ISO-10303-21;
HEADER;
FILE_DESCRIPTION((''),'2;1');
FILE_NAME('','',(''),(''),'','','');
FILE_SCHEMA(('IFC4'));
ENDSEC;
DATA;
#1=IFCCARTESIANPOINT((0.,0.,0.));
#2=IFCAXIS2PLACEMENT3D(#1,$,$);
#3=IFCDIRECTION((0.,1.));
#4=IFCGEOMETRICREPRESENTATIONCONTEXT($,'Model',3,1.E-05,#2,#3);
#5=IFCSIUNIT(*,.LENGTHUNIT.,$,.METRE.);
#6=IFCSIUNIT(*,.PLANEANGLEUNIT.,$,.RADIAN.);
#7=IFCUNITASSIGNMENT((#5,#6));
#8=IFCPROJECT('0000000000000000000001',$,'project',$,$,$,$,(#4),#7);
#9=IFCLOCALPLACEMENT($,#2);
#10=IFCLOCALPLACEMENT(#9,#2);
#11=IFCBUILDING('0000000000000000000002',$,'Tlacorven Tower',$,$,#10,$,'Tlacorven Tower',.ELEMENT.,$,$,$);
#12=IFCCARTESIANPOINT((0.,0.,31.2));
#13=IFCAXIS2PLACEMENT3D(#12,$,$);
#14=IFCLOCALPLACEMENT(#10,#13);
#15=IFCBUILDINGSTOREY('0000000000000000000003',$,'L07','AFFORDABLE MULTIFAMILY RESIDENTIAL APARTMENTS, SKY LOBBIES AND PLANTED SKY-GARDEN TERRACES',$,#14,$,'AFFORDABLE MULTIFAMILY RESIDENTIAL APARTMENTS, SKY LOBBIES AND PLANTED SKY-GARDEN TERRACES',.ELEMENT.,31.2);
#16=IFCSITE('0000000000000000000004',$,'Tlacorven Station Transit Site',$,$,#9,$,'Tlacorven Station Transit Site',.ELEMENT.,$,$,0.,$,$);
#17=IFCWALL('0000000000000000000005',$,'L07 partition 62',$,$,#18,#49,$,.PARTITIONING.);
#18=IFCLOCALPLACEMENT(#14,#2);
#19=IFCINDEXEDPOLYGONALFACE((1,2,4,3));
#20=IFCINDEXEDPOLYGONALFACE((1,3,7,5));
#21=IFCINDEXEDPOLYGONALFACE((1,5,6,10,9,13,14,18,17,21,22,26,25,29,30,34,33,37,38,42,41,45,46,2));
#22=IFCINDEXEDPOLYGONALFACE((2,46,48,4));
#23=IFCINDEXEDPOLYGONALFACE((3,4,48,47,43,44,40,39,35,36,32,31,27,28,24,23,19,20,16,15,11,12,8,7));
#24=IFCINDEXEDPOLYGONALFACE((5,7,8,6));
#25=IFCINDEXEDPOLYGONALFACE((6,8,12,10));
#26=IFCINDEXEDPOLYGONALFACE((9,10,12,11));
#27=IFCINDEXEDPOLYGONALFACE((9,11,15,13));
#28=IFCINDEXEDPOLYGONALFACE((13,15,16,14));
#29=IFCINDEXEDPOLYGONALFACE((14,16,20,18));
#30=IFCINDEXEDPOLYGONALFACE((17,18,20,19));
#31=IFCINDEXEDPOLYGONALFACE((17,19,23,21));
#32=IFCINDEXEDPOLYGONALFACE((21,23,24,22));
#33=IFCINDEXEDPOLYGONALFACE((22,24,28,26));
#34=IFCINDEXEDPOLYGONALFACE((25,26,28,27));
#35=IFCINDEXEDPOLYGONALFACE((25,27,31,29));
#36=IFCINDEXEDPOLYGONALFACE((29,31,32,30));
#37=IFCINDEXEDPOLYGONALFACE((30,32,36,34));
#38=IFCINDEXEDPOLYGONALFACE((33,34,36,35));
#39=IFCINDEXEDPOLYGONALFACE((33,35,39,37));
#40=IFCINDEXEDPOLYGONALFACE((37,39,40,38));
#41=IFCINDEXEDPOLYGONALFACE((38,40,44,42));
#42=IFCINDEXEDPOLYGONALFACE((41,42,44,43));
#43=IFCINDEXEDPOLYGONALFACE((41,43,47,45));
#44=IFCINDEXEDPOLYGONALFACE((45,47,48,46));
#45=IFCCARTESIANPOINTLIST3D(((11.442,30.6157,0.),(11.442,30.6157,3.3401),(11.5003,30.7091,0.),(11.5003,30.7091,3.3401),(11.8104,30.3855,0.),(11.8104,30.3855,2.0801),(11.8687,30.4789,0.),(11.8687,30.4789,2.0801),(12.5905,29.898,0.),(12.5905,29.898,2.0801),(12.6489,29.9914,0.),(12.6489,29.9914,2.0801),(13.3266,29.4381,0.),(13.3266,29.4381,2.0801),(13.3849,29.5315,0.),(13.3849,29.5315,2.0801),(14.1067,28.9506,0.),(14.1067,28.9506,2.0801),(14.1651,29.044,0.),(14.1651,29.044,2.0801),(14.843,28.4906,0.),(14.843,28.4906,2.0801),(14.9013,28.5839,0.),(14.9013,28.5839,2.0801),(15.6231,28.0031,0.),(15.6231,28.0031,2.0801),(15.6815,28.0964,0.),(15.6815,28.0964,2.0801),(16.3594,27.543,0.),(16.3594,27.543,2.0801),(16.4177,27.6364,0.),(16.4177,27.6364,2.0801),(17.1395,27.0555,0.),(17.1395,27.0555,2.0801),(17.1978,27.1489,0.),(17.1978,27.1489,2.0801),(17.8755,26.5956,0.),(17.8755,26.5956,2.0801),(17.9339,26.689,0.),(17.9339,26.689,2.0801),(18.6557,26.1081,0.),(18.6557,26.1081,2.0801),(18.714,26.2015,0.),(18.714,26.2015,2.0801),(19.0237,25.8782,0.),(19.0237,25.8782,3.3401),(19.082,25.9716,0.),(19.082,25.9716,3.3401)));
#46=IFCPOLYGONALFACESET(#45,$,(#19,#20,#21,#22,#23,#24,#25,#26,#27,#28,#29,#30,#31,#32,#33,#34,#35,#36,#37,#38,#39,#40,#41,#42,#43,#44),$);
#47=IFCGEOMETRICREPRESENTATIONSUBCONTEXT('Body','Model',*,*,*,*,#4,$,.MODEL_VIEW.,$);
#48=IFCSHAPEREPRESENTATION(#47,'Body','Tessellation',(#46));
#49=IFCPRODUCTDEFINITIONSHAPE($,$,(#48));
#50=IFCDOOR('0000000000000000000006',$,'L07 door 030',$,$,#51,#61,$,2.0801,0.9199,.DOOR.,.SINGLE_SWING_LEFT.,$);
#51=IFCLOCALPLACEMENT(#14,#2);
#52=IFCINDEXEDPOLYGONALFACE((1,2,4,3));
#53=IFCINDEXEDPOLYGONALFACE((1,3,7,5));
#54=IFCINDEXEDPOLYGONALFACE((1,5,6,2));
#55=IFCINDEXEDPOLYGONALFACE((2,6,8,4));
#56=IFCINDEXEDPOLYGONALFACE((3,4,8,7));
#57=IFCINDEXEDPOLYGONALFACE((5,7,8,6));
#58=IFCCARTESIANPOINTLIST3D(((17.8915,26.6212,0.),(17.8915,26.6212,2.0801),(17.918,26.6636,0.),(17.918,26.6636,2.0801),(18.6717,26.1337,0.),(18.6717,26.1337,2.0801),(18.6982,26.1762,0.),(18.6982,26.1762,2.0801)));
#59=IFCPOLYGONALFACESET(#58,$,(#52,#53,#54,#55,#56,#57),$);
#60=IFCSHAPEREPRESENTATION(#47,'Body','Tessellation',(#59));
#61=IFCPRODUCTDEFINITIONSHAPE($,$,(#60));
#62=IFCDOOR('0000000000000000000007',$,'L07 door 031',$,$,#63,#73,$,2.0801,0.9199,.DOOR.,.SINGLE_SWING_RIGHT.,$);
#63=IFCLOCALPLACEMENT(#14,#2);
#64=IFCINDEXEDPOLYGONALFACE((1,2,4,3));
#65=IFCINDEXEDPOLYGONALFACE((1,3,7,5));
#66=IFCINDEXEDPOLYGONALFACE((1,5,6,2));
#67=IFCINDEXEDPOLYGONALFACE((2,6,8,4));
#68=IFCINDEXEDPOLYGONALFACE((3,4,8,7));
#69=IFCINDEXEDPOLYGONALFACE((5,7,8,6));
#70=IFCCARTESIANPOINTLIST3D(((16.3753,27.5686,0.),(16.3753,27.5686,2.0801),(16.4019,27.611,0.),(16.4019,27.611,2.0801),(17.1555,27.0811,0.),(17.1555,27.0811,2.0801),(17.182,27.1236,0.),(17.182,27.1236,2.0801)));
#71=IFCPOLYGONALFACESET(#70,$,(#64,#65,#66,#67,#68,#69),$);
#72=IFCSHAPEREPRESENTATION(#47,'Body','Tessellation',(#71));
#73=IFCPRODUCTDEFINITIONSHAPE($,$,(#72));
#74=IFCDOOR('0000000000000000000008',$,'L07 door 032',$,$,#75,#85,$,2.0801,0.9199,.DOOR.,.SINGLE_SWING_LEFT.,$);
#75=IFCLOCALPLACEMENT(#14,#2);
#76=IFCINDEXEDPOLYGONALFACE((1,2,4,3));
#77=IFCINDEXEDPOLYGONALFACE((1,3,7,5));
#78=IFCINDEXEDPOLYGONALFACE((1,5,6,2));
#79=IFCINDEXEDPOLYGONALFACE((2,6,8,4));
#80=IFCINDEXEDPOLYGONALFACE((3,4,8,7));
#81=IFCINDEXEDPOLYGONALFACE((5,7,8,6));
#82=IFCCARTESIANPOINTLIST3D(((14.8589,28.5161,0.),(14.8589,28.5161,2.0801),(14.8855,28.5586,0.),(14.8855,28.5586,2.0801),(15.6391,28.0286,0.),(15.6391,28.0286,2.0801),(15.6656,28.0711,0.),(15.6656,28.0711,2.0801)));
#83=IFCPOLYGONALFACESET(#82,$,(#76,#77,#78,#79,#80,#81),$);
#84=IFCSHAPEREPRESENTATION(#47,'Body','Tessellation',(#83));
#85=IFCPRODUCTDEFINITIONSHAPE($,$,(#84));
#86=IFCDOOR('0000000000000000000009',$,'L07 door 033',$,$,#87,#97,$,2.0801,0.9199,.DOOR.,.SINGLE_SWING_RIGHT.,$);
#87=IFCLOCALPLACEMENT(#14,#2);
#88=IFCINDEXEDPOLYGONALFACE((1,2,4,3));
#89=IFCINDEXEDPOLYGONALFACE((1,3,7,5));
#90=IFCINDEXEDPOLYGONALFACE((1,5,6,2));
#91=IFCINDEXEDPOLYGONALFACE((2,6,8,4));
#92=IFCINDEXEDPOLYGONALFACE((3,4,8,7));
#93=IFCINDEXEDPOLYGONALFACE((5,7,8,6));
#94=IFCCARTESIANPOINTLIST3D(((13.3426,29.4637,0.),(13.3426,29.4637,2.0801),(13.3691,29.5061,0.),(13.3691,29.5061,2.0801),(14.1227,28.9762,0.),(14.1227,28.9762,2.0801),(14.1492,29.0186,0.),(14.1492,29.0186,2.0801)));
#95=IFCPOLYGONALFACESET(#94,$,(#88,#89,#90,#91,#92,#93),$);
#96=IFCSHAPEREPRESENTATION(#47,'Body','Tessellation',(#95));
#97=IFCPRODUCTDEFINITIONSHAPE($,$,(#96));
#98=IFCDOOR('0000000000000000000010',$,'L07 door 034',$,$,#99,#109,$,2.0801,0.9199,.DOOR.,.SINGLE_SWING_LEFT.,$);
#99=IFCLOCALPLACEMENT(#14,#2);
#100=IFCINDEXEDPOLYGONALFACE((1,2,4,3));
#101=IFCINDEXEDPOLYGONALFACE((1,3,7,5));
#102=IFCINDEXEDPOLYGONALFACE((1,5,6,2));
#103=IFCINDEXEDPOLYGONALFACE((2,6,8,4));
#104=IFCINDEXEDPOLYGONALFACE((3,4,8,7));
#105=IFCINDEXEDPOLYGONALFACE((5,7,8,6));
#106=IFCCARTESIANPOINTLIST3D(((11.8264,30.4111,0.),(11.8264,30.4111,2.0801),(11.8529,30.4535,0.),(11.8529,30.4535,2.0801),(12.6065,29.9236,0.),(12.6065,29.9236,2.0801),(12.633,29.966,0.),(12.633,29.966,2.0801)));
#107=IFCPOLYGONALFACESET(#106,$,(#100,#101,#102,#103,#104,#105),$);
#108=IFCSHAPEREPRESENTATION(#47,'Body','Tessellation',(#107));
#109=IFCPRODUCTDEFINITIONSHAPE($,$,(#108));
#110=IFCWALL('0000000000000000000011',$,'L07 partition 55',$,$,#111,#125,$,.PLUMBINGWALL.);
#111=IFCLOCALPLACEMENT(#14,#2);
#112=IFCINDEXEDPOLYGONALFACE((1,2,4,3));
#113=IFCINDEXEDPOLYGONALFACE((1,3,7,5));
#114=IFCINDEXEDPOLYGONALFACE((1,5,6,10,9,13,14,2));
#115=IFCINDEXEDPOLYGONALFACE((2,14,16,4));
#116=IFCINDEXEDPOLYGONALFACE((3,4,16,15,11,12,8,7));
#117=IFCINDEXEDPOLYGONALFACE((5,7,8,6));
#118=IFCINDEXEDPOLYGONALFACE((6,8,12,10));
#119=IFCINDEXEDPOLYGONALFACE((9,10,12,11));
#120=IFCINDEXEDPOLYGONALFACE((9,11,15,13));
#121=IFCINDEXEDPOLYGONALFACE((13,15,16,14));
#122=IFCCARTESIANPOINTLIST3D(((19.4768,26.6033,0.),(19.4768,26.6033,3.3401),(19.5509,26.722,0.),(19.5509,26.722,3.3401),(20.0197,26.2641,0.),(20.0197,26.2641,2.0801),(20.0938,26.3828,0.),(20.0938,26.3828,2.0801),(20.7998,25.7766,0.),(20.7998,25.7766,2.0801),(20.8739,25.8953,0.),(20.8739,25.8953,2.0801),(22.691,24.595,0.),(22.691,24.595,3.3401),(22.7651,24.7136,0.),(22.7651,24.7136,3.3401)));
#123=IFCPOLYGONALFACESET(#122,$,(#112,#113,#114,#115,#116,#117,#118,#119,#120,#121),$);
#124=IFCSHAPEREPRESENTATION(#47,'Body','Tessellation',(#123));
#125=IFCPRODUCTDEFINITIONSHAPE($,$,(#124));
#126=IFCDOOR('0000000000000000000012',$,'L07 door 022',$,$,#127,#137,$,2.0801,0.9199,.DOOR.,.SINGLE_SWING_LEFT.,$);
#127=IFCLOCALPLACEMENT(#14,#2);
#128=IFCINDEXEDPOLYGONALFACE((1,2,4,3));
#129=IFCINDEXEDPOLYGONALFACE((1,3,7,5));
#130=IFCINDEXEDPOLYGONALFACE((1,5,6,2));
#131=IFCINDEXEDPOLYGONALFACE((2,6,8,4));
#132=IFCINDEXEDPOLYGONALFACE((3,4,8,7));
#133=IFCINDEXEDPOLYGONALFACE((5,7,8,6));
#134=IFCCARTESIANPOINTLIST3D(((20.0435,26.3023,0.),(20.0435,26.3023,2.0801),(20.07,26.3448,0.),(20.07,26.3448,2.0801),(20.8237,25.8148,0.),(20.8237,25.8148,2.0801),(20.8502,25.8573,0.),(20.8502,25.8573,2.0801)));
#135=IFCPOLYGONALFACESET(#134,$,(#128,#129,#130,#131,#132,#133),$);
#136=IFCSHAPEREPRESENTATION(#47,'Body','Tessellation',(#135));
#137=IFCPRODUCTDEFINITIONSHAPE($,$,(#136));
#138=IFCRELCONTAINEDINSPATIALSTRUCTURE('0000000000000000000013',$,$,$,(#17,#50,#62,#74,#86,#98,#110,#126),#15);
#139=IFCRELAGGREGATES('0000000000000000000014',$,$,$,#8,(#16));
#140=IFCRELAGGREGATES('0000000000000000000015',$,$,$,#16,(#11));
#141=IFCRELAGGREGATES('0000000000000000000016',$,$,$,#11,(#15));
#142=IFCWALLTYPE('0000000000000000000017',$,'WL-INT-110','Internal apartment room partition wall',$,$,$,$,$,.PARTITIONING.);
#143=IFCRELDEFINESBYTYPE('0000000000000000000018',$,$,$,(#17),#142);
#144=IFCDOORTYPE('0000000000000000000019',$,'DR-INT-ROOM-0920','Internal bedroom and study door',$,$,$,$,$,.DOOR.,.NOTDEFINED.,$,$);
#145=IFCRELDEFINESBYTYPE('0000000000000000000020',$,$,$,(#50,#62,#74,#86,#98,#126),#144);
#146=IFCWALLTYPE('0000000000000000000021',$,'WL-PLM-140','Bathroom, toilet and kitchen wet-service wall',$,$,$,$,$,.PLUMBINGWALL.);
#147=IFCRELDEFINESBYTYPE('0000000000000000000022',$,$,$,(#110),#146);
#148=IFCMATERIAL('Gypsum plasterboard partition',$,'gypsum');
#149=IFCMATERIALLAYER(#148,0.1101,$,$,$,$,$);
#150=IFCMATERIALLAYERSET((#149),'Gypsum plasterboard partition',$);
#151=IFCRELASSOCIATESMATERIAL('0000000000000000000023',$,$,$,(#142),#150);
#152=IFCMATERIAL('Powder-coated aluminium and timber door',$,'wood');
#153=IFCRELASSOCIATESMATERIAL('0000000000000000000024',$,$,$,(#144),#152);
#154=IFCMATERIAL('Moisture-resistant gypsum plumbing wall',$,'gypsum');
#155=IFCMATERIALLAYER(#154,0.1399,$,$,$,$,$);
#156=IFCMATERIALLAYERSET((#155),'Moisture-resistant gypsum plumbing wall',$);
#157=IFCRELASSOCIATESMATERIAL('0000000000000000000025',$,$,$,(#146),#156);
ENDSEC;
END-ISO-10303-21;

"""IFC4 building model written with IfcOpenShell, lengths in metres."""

from ifc_helpers import new_model, si_unit, direction, frame, frame_2d, origin, place, context, subcontext, project, spatial, rectangle, extrude, source, transform, mapped, material, layer, layer_set, type_object, element, fill, save


model = new_model("IFC4")

# Units and contexts
model_context = context("Model", 3, precision=1e-05, world=origin(), true_north=direction((0.0, 1.0)))
body_context = subcontext(model_context, "Body", "Model", "MODEL_VIEW")
ifc_project = project(units=[si_unit("LENGTHUNIT", "METRE"), si_unit("PLANEANGLEUNIT", "RADIAN")], contexts=[model_context])

# Site, building, storey
site_placement = place(None, origin())
site = spatial("IfcSite", under=ifc_project, at=site_placement, Name="Tlacorven Station Transit Site", LongName="Tlacorven Station Transit Site", CompositionType="ELEMENT", RefElevation=0.0)
building_placement = place(site_placement, origin())
building = spatial("IfcBuilding", under=site, at=building_placement, Name="Tlacorven Tower", LongName="Tlacorven Tower", CompositionType="ELEMENT")
storey_placement = place(building_placement, frame((0.0, 0.0, 31.2)))
storey = spatial("IfcBuildingStorey", under=building, at=storey_placement, Name="L07", Description="AFFORDABLE MULTIFAMILY RESIDENTIAL APARTMENTS, SKY LOBBIES AND PLANTED SKY-GARDEN TERRACES", LongName="AFFORDABLE MULTIFAMILY RESIDENTIAL APARTMENTS, SKY LOBBIES AND PLANTED SKY-GARDEN TERRACES", CompositionType="ELEMENT", Elevation=31.2)

# Wall, openings, doors
ifc_material_1 = material(Name="Gypsum plasterboard partition", Category="gypsum")
ifc_layer_1 = layer(ifc_material_1, 0.1101)
ifc_layer_set_1 = layer_set([ifc_layer_1], Name="Gypsum plasterboard partition")
wall_type_1 = type_object("IfcWallType", Name="WL-INT-110", Description="Internal apartment room partition wall", PredefinedType="PARTITIONING", material=ifc_layer_set_1)
wall_1_placement = place(storey_placement, frame((19.053, 25.9248, 0.0), z_axis=(0.0, 0.0, 1.0), x_axis=(-0.848052, 0.529913, 0.0)))
wall_1 = element("IfcWall", 1, at=wall_1_placement, inside=storey, type_object=wall_type_1, Name="L07 partition 62", PredefinedType="PARTITIONING", context=body_context, shape_type="SweptSolid", body=[
    extrude(rectangle(XDim=8.9402, YDim=0.1101, at=frame_2d((4.4702, 0.0))), origin(), (0.0, 0.0, 1.0), 3.3401),
])
opening_1_placement = place(wall_1_placement, frame((0.4341, 0.0, 0.0)))
opening_1 = element("IfcOpeningElement", 2, at=opening_1_placement, cuts=wall_1, PredefinedType="OPENING", context=body_context, shape_type="SweptSolid", body=[
    extrude(rectangle(XDim=0.9199, YDim=2.0801, at=frame_2d((0.46, 1.04))), frame((0.0, 0.0649, 0.0), z_axis=(0.0, -1.0, 0.0), x_axis=(1.0, 0.0, 0.0)), (0.0, 0.0, 1.0), 0.1301),
])
opening_2_placement = place(wall_1_placement, frame((2.2219, 0.0, 0.0)))
opening_2 = element("IfcOpeningElement", 3, at=opening_2_placement, cuts=wall_1, PredefinedType="OPENING", context=body_context, shape_type="SweptSolid", body=[
    extrude(rectangle(XDim=0.9199, YDim=2.0801, at=frame_2d((0.46, 1.04))), frame((0.0, 0.0649, 0.0), z_axis=(0.0, -1.0, 0.0), x_axis=(1.0, 0.0, 0.0)), (0.0, 0.0, 1.0), 0.1301),
])
opening_3_placement = place(wall_1_placement, frame((4.01, 0.0, 0.0)))
opening_3 = element("IfcOpeningElement", 4, at=opening_3_placement, cuts=wall_1, PredefinedType="OPENING", context=body_context, shape_type="SweptSolid", body=[
    extrude(rectangle(XDim=0.9199, YDim=2.0801, at=frame_2d((0.46, 1.04))), frame((0.0, 0.0649, 0.0), z_axis=(0.0, -1.0, 0.0), x_axis=(1.0, 0.0, 0.0)), (0.0, 0.0, 1.0), 0.1301),
])
opening_4_placement = place(wall_1_placement, frame((5.7981, 0.0, 0.0)))
opening_4 = element("IfcOpeningElement", 5, at=opening_4_placement, cuts=wall_1, PredefinedType="OPENING", context=body_context, shape_type="SweptSolid", body=[
    extrude(rectangle(XDim=0.9199, YDim=2.0801, at=frame_2d((0.46, 1.04))), frame((0.0, 0.0649, 0.0), z_axis=(0.0, -1.0, 0.0), x_axis=(1.0, 0.0, 0.0)), (0.0, 0.0, 1.0), 0.1301),
])
opening_5_placement = place(wall_1_placement, frame((7.5859, 0.0, 0.0)))
opening_5 = element("IfcOpeningElement", 6, at=opening_5_placement, cuts=wall_1, PredefinedType="OPENING", context=body_context, shape_type="SweptSolid", body=[
    extrude(rectangle(XDim=0.9199, YDim=2.0801, at=frame_2d((0.46, 1.04))), frame((0.0, 0.0649, 0.0), z_axis=(0.0, -1.0, 0.0), x_axis=(1.0, 0.0, 0.0)), (0.0, 0.0, 1.0), 0.1301),
])
ifc_material_2 = material(Name="Powder-coated aluminium and timber door", Category="wood")
door_type_1 = type_object("IfcDoorType", Name="DR-INT-ROOM-0920", Description="Internal bedroom and study door", OperationType="NOTDEFINED", PredefinedType="DOOR", material=ifc_material_2)
shared_shape_1 = source(origin(), body_context, "Body", "SweptSolid", [
    extrude(rectangle(XDim=0.9199, YDim=2.0801, at=frame_2d((0.46, 1.04))), frame((0.0, 0.0249, 0.0), z_axis=(0.0, -1.0, 0.0), x_axis=(1.0, 0.0, 0.0)), (0.0, 0.0, 1.0), 0.05),
])
door_1_placement = place(opening_1_placement, origin())
door_1 = element("IfcDoor", 7, at=door_1_placement, inside=storey, type_object=door_type_1, Name="L07 door 030", OperationType="SINGLE_SWING_LEFT", OverallHeight=2.0801, OverallWidth=0.9199, PredefinedType="DOOR", context=body_context, shape_type="MappedRepresentation", body=[
    mapped(shared_shape_1, transform((0.0, 0.0, 0.0), scale=1.0)),
])
fill(opening_1, door_1)
door_2_placement = place(opening_2_placement, origin())
door_2 = element("IfcDoor", 8, at=door_2_placement, inside=storey, type_object=door_type_1, Name="L07 door 031", OperationType="SINGLE_SWING_RIGHT", OverallHeight=2.0801, OverallWidth=0.9199, PredefinedType="DOOR", context=body_context, shape_type="MappedRepresentation", body=[
    mapped(shared_shape_1, transform((0.0, 0.0, 0.0), scale=1.0)),
])
fill(opening_2, door_2)
door_3_placement = place(opening_3_placement, origin())
door_3 = element("IfcDoor", 9, at=door_3_placement, inside=storey, type_object=door_type_1, Name="L07 door 032", OperationType="SINGLE_SWING_LEFT", OverallHeight=2.0801, OverallWidth=0.9199, PredefinedType="DOOR", context=body_context, shape_type="MappedRepresentation", body=[
    mapped(shared_shape_1, transform((0.0, 0.0, 0.0), scale=1.0)),
])
fill(opening_3, door_3)
door_4_placement = place(opening_4_placement, origin())
door_4 = element("IfcDoor", 10, at=door_4_placement, inside=storey, type_object=door_type_1, Name="L07 door 033", OperationType="SINGLE_SWING_RIGHT", OverallHeight=2.0801, OverallWidth=0.9199, PredefinedType="DOOR", context=body_context, shape_type="MappedRepresentation", body=[
    mapped(shared_shape_1, transform((0.0, 0.0, 0.0), scale=1.0)),
])
fill(opening_4, door_4)
door_5_placement = place(opening_5_placement, origin())
door_5 = element("IfcDoor", 11, at=door_5_placement, inside=storey, type_object=door_type_1, Name="L07 door 034", OperationType="SINGLE_SWING_LEFT", OverallHeight=2.0801, OverallWidth=0.9199, PredefinedType="DOOR", context=body_context, shape_type="MappedRepresentation", body=[
    mapped(shared_shape_1, transform((0.0, 0.0, 0.0), scale=1.0)),
])
fill(opening_5, door_5)

# Wall, opening, door
ifc_material_3 = material(Name="Moisture-resistant gypsum plumbing wall", Category="gypsum")
ifc_layer_2 = layer(ifc_material_3, 0.1399)
ifc_layer_set_2 = layer_set([ifc_layer_2], Name="Moisture-resistant gypsum plumbing wall")
wall_type_2 = type_object("IfcWallType", Name="WL-PLM-140", Description="Bathroom, toilet and kitchen wet-service wall", PredefinedType="PLUMBINGWALL", material=ifc_layer_set_2)
wall_2_placement = place(storey_placement, frame((22.728, 24.6543, 0.0), z_axis=(0.0, 0.0, 1.0), x_axis=(-0.84806, 0.529901, 0.0)))
wall_2 = element("IfcWall", 12, at=wall_2_placement, inside=storey, type_object=wall_type_2, Name="L07 partition 55", PredefinedType="PLUMBINGWALL", context=body_context, shape_type="SweptSolid", body=[
    extrude(rectangle(XDim=3.79, YDim=0.1399, at=frame_2d((1.895, 0.0))), origin(), (0.0, 0.0, 1.0), 3.3401),
])
opening_6_placement = place(wall_2_placement, frame((2.23, 0.0, 0.0)))
opening_6 = element("IfcOpeningElement", 13, at=opening_6_placement, cuts=wall_2, PredefinedType="OPENING", context=body_context, shape_type="SweptSolid", body=[
    extrude(rectangle(XDim=0.9199, YDim=2.0801, at=frame_2d((0.46, 1.04))), frame((0.0, 0.0801, 0.0), z_axis=(0.0, -1.0, 0.0), x_axis=(1.0, 0.0, 0.0)), (0.0, 0.0, 1.0), 0.1599),
])
door_6_placement = place(opening_6_placement, origin())
door_6 = element("IfcDoor", 14, at=door_6_placement, inside=storey, type_object=door_type_1, Name="L07 door 022", OperationType="SINGLE_SWING_LEFT", OverallHeight=2.0801, OverallWidth=0.9199, PredefinedType="DOOR", context=body_context, shape_type="MappedRepresentation", body=[
    mapped(shared_shape_1, transform((0.0, 0.0, 0.0), scale=1.0)),
])
fill(opening_6, door_6)

save(model, "model.ifc")
